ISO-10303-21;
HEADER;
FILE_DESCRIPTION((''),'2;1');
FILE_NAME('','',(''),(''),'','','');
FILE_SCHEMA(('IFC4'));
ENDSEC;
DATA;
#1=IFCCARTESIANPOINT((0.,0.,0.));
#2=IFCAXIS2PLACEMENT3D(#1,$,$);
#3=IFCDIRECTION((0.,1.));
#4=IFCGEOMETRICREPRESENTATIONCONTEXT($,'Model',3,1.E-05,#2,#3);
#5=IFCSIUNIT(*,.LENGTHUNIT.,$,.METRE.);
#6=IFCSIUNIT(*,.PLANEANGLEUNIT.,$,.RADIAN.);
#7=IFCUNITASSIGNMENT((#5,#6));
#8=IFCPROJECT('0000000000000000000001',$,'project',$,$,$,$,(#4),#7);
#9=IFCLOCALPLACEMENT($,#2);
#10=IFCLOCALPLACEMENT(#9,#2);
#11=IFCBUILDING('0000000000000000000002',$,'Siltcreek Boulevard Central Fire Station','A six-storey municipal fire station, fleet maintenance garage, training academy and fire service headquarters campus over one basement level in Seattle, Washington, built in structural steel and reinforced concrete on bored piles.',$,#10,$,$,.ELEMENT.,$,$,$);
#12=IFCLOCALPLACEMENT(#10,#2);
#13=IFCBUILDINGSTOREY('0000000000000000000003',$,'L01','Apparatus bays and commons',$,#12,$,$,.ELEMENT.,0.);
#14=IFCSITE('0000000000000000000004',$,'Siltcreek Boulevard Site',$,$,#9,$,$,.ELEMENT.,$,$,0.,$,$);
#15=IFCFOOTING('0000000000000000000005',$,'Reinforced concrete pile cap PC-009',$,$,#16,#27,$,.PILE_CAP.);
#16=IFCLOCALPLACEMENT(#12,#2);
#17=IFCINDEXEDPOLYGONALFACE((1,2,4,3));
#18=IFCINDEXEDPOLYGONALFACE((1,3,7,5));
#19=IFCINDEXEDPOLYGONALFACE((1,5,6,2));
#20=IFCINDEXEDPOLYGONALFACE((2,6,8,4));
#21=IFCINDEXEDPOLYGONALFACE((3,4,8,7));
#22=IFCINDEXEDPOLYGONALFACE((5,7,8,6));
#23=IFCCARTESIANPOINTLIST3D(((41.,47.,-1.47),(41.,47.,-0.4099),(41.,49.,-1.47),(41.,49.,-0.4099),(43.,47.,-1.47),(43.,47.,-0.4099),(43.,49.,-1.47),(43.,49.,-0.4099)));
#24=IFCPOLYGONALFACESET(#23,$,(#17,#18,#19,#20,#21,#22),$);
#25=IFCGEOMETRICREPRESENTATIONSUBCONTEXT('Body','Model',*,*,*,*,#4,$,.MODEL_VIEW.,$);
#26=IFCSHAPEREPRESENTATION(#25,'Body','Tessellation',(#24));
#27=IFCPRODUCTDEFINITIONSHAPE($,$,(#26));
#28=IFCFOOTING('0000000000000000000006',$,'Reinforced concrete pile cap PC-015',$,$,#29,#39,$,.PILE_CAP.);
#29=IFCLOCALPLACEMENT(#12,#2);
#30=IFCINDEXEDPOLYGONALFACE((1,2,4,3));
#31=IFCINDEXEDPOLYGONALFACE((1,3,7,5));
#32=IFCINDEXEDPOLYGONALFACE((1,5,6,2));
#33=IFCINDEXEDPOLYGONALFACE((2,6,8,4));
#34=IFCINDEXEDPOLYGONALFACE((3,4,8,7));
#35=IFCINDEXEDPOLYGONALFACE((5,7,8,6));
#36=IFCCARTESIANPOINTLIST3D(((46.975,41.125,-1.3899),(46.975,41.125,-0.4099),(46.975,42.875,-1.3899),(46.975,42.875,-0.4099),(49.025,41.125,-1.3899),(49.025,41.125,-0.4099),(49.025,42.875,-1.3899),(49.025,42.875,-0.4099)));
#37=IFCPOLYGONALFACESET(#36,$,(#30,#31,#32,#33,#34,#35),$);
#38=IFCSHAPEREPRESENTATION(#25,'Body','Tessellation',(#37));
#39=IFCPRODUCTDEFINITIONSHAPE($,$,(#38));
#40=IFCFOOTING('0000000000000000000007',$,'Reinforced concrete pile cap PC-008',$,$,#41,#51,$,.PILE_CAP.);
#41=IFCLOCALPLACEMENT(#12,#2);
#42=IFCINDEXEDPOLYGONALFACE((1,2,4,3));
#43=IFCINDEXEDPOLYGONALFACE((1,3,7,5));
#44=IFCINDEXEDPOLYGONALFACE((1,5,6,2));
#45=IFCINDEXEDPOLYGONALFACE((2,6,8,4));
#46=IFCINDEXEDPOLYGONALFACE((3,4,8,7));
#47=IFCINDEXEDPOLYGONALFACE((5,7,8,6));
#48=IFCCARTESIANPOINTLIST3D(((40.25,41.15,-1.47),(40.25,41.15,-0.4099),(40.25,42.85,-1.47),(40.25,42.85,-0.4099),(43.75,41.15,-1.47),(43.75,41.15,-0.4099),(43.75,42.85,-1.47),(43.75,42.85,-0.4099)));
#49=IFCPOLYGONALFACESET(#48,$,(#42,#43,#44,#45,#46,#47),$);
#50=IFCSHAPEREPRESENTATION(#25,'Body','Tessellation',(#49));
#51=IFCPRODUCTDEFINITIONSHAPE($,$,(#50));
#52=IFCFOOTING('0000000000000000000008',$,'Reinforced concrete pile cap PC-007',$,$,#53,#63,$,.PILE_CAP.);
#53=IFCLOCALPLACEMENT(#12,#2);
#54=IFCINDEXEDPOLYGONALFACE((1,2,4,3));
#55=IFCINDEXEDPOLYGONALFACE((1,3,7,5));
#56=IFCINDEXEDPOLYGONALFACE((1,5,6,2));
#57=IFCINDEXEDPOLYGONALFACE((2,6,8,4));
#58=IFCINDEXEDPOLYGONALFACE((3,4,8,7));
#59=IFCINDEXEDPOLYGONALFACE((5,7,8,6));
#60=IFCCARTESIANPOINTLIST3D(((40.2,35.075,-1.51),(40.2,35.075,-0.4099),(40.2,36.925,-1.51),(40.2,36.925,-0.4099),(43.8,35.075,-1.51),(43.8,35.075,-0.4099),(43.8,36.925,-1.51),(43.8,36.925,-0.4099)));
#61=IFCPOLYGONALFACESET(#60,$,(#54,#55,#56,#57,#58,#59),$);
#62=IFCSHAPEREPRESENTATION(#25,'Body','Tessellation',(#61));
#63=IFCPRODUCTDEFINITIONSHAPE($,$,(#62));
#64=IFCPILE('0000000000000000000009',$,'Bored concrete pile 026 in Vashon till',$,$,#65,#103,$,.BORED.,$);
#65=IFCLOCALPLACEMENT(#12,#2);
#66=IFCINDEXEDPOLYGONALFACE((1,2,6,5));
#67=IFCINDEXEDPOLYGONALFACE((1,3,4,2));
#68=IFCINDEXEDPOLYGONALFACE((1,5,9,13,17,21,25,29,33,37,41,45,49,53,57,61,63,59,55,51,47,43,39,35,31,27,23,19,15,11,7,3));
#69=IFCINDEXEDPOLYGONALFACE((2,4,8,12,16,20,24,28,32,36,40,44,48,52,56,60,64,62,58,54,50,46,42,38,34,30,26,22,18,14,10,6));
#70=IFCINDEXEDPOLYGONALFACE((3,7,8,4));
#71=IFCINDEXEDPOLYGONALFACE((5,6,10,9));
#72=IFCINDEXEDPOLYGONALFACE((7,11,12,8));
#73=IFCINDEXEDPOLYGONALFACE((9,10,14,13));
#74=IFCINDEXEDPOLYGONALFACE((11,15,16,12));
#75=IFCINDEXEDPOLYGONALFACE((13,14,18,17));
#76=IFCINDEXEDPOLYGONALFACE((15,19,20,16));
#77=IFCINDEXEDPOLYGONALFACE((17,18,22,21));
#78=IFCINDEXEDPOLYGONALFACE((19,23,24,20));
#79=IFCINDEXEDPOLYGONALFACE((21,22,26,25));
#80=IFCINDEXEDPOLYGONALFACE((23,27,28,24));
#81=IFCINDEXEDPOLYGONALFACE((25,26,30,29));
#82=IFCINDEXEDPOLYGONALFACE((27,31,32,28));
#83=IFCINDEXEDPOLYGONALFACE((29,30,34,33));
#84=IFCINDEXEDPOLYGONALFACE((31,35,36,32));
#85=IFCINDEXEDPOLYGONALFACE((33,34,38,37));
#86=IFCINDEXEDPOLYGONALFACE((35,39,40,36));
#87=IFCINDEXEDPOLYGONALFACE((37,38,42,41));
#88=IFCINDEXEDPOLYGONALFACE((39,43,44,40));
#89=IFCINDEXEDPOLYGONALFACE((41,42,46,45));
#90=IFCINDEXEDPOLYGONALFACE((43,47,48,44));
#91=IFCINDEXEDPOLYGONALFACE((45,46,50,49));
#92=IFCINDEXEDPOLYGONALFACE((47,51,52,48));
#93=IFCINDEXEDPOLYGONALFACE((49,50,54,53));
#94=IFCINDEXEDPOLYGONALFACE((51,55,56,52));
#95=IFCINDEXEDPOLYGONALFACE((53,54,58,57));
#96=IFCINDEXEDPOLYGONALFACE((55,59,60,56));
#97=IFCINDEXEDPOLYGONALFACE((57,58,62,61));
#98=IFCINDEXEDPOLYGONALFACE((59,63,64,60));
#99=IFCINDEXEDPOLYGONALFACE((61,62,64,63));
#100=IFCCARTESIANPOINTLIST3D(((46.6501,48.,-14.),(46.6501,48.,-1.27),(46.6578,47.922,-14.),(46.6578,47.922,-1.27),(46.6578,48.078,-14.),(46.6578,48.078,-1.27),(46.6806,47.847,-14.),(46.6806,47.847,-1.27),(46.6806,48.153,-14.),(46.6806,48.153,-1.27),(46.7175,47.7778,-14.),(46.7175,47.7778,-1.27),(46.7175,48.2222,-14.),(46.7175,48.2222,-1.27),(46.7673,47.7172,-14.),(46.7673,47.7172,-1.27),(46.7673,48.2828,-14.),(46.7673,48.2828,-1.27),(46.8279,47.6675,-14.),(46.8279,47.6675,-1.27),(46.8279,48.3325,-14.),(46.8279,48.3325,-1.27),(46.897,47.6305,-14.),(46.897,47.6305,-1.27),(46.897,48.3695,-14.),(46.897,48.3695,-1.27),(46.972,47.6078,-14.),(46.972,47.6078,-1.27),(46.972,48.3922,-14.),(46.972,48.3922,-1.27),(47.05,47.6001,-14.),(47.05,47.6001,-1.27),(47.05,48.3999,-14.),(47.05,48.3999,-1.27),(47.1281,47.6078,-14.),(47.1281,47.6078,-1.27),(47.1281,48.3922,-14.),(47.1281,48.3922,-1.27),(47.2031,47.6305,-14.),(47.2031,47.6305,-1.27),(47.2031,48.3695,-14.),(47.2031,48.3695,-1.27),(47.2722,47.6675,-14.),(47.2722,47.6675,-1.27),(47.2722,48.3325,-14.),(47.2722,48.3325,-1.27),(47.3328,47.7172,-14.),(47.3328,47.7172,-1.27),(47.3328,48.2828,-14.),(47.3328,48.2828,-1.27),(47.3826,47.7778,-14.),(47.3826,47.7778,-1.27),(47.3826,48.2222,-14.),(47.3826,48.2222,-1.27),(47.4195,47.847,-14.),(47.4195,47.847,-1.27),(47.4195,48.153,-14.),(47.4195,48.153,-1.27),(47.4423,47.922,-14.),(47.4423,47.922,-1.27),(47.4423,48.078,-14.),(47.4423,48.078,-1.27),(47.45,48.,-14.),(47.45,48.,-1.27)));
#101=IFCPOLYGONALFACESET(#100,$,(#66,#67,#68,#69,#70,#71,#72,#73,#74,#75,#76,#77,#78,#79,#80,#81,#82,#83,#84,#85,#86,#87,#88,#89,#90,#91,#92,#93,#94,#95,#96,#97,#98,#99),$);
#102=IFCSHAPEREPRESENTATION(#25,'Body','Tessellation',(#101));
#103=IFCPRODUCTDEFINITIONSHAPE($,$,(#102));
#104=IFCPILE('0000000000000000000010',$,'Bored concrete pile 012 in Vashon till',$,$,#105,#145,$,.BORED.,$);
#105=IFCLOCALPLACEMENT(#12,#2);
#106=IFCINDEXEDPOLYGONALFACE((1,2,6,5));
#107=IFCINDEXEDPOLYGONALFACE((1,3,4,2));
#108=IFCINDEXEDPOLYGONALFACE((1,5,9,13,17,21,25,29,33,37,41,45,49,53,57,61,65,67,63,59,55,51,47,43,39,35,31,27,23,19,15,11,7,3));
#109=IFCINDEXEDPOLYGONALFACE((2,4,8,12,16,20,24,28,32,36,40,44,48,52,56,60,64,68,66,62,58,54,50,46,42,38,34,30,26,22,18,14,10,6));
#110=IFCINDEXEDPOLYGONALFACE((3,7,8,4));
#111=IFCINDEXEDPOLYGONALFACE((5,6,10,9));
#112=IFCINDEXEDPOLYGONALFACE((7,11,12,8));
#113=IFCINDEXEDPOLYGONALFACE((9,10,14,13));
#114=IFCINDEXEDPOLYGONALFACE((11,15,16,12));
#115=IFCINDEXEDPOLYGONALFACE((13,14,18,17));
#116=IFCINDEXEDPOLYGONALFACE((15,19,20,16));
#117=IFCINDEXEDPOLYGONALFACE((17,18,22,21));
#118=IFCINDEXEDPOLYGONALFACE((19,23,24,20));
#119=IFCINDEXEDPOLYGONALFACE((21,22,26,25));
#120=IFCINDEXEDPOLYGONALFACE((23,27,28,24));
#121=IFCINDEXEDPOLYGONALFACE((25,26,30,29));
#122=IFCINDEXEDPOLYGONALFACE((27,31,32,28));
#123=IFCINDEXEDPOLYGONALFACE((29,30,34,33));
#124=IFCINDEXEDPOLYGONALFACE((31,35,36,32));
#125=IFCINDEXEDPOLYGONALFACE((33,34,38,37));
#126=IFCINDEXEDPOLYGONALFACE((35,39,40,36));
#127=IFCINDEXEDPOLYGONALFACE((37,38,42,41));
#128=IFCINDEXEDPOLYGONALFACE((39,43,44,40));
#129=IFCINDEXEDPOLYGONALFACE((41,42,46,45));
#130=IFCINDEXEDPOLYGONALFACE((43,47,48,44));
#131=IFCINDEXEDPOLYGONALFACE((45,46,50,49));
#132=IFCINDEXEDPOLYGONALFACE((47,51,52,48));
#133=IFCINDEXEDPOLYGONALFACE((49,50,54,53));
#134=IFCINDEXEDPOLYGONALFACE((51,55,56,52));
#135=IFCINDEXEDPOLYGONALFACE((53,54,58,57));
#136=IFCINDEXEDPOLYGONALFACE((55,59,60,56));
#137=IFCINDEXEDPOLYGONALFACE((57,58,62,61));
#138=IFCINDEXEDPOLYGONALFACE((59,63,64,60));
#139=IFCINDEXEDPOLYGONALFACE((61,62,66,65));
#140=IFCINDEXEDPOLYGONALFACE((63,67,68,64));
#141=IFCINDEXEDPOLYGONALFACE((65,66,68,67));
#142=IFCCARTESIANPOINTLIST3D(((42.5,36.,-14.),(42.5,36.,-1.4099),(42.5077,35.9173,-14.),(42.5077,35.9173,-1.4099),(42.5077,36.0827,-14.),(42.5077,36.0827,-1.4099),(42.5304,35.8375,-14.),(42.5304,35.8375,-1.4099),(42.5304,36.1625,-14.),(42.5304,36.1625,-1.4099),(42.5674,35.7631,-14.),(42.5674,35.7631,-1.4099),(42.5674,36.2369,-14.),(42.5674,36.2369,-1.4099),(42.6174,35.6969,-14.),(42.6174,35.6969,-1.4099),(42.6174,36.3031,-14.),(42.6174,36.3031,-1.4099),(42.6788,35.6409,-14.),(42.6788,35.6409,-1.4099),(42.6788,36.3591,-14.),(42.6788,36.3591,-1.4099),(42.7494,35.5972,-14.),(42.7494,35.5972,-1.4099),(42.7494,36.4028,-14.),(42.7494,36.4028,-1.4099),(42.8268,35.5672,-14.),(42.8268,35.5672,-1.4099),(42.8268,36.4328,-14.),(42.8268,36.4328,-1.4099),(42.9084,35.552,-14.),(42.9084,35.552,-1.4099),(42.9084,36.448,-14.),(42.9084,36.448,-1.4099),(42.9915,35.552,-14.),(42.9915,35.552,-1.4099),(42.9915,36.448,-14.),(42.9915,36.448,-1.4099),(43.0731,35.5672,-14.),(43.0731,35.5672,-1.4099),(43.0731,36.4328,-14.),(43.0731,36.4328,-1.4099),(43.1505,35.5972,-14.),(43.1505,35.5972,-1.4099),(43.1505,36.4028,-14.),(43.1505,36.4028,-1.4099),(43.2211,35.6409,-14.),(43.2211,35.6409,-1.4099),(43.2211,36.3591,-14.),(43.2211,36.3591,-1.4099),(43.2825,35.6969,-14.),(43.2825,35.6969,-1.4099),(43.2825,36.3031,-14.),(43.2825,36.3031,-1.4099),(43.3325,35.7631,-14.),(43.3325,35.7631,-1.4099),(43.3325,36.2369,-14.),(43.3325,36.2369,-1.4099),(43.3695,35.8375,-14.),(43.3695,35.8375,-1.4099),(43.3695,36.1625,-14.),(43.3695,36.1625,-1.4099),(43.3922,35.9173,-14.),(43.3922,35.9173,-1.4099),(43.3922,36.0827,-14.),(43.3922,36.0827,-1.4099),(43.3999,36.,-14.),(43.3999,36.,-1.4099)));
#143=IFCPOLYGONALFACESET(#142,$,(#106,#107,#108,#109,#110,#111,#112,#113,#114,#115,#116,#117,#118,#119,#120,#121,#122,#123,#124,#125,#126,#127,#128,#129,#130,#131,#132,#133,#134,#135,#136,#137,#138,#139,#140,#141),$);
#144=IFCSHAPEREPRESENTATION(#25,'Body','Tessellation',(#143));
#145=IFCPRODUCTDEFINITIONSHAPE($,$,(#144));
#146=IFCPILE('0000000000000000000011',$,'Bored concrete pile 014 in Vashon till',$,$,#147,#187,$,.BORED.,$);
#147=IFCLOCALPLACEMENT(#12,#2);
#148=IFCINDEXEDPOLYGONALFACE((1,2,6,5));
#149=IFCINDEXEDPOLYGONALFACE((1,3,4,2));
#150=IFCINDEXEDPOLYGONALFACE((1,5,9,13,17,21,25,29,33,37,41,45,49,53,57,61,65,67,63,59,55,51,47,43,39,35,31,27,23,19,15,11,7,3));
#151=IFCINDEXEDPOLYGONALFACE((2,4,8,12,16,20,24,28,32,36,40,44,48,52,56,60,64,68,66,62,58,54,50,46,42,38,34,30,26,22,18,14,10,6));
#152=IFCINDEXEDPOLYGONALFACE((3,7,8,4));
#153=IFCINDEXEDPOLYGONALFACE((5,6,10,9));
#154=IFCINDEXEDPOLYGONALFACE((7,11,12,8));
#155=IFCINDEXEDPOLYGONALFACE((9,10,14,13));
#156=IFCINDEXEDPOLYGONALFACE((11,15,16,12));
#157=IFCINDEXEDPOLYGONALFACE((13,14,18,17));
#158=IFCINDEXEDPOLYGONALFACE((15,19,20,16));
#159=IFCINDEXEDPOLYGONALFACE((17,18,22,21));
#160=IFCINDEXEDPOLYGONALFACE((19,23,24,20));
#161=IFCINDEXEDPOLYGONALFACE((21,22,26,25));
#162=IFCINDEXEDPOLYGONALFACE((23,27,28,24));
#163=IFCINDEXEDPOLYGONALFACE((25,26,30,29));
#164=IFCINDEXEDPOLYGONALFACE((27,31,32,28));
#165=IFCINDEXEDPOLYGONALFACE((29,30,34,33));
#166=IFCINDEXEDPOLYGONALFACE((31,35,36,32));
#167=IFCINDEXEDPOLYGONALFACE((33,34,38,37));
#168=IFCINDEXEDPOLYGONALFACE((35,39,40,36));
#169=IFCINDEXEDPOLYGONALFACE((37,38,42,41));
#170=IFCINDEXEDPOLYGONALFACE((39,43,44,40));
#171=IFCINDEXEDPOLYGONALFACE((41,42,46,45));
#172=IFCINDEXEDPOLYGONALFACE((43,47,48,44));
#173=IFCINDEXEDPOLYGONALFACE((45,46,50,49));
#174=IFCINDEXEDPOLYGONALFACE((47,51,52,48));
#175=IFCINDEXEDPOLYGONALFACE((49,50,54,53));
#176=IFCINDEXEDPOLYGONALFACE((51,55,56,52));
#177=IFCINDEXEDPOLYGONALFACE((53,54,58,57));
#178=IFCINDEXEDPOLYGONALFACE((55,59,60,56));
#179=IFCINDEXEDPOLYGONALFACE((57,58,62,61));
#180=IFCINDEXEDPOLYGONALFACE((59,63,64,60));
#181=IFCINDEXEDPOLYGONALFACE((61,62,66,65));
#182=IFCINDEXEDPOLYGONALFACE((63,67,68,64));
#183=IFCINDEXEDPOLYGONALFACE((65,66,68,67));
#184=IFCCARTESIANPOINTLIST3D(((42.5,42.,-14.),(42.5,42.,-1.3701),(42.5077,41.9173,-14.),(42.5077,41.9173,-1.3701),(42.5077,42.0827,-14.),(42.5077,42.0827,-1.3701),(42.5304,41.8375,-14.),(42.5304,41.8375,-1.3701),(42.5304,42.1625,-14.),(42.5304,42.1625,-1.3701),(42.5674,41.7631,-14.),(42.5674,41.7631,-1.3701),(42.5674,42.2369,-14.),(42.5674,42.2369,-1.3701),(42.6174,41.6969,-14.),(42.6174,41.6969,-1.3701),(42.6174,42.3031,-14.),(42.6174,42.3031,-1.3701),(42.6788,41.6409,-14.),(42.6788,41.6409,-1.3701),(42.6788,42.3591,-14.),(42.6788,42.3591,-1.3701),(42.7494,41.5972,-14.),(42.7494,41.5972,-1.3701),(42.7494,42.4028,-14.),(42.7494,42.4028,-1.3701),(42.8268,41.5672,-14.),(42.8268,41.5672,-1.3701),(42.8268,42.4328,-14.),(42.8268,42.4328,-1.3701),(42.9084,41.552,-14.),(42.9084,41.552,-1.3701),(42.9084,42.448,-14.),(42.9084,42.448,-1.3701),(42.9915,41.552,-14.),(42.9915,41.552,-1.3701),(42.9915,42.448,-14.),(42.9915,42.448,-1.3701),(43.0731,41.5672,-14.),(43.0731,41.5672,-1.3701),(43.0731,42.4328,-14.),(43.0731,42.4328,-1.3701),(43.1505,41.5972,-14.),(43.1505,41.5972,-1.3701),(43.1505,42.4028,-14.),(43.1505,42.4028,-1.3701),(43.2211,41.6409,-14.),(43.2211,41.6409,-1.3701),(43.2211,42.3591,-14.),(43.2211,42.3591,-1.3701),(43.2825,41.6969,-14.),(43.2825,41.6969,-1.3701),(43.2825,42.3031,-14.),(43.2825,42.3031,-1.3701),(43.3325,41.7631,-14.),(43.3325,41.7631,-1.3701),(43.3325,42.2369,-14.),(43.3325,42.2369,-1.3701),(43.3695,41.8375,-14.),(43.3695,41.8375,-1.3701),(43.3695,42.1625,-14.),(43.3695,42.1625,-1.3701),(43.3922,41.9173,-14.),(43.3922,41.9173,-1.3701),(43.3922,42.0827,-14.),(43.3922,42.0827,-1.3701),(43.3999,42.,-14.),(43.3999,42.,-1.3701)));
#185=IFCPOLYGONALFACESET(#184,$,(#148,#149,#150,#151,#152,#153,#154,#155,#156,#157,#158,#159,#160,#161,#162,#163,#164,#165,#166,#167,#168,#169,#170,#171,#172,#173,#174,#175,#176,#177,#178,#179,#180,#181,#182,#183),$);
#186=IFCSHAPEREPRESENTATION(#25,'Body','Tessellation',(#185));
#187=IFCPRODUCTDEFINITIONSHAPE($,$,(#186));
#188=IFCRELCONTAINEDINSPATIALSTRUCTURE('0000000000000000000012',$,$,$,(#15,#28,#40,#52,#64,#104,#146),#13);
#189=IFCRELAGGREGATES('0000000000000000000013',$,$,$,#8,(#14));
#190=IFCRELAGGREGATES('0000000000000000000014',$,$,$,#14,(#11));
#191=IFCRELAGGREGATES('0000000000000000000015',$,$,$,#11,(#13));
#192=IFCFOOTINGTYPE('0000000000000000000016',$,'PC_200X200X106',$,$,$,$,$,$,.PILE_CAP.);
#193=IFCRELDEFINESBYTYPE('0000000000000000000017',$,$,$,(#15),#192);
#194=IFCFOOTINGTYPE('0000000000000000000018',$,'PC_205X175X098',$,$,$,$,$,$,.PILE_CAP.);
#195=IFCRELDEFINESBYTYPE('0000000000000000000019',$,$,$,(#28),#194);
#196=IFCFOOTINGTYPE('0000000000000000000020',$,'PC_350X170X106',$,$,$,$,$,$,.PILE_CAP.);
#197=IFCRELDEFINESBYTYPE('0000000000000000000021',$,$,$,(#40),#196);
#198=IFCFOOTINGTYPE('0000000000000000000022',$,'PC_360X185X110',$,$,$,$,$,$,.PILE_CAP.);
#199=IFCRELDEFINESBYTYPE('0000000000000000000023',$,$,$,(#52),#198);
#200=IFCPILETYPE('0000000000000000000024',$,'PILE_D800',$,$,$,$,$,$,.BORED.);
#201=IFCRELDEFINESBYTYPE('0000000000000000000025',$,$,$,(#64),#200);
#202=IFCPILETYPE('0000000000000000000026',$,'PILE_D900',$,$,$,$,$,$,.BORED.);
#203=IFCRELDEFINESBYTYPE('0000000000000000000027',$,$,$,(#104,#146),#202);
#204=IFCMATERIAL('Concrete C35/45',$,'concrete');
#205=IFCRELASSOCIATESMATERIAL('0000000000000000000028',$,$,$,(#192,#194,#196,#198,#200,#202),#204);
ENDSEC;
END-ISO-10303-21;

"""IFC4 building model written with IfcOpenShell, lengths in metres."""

from ifc_helpers import new_model, si_unit, direction, frame, origin, origin_2d, place, context, subcontext, project, spatial, rectangle, circle, extrude, material, material_profile, profile_set, type_object, element, save


model = new_model("IFC4")

# Units and contexts
model_context = context("Model", 3, precision=1e-05, world=origin(), true_north=direction((0.0, 1.0)))
body_context = subcontext(model_context, "Body", "Model", "MODEL_VIEW")
ifc_project = project(units=[si_unit("LENGTHUNIT", "METRE"), si_unit("PLANEANGLEUNIT", "RADIAN")], contexts=[model_context])

# Site, building, storey
site_placement = place(None, origin())
site = spatial("IfcSite", under=ifc_project, at=site_placement, Name="Siltcreek Boulevard Site", CompositionType="ELEMENT", RefElevation=0.0)
building_placement = place(site_placement, origin())
building = spatial("IfcBuilding", under=site, at=building_placement, Name="Siltcreek Boulevard Central Fire Station", Description="A six-storey municipal fire station, fleet maintenance garage, training academy and fire service headquarters campus over one basement level in Seattle, Washington, built in structural steel and reinforced concrete on bored piles.", CompositionType="ELEMENT")
storey_placement = place(building_placement, origin())
storey = spatial("IfcBuildingStorey", under=building, at=storey_placement, Name="L01", Description="Apparatus bays and commons", CompositionType="ELEMENT", Elevation=0.0)

# Footings
ifc_material_1 = material(Name="Concrete C35/45", Category="concrete")
footing_type_1 = type_object("IfcFootingType", Name="PC_200X200X106", PredefinedType="PILE_CAP", material=ifc_material_1)
footing_1_placement = place(storey_placement, frame((42.0, 48.0, -1.47), z_axis=(0.0, 0.0, 1.0), x_axis=(1.0, 0.0, 0.0)))
element("IfcFooting", 1, at=footing_1_placement, inside=storey, type_object=footing_type_1, Name="Reinforced concrete pile cap PC-009", PredefinedType="PILE_CAP", context=body_context, shape_type="SweptSolid", body=[
    extrude(rectangle(XDim=2.0, YDim=2.0, at=origin_2d()), origin(), (0.0, 0.0, 1.0), 1.0601),
])
footing_type_2 = type_object("IfcFootingType", Name="PC_205X175X098", PredefinedType="PILE_CAP", material=ifc_material_1)
footing_2_placement = place(storey_placement, frame((48.0, 42.0, -1.3899), z_axis=(0.0, 0.0, 1.0), x_axis=(1.0, 0.0, 0.0)))
element("IfcFooting", 2, at=footing_2_placement, inside=storey, type_object=footing_type_2, Name="Reinforced concrete pile cap PC-015", PredefinedType="PILE_CAP", context=body_context, shape_type="SweptSolid", body=[
    extrude(rectangle(XDim=2.05, YDim=1.75, at=origin_2d()), origin(), (0.0, 0.0, 1.0), 0.98),
])
footing_type_3 = type_object("IfcFootingType", Name="PC_350X170X106", PredefinedType="PILE_CAP", material=ifc_material_1)
footing_3_placement = place(storey_placement, frame((42.0, 42.0, -1.47), z_axis=(0.0, 0.0, 1.0), x_axis=(1.0, 0.0, 0.0)))
element("IfcFooting", 3, at=footing_3_placement, inside=storey, type_object=footing_type_3, Name="Reinforced concrete pile cap PC-008", PredefinedType="PILE_CAP", context=body_context, shape_type="SweptSolid", body=[
    extrude(rectangle(XDim=3.5, YDim=1.7, at=origin_2d()), origin(), (0.0, 0.0, 1.0), 1.0601),
])
footing_type_4 = type_object("IfcFootingType", Name="PC_360X185X110", PredefinedType="PILE_CAP", material=ifc_material_1)
footing_4_placement = place(storey_placement, frame((42.0, 36.0, -1.51), z_axis=(0.0, 0.0, 1.0), x_axis=(1.0, 0.0, 0.0)))
element("IfcFooting", 4, at=footing_4_placement, inside=storey, type_object=footing_type_4, Name="Reinforced concrete pile cap PC-007", PredefinedType="PILE_CAP", context=body_context, shape_type="SweptSolid", body=[
    extrude(rectangle(XDim=3.6001, YDim=1.8501, at=origin_2d()), origin(), (0.0, 0.0, 1.0), 1.1001),
])

# Piles
ifc_material_profile_1 = material_profile(ifc_material_1, circle(Radius=0.3999, at=origin_2d()), Name="SHAFT800")
ifc_profile_set_1 = profile_set([ifc_material_profile_1], Name="Concrete C35/45")
pile_type_1 = type_object("IfcPileType", Name="PILE_D800", PredefinedType="BORED", material=ifc_profile_set_1)
pile_1_placement = place(storey_placement, frame((47.05, 48.0, -1.27), z_axis=(0.0, 0.0, -1.0), x_axis=(1.0, 0.0, 0.0)))
element("IfcPile", 5, at=pile_1_placement, inside=storey, type_object=pile_type_1, Name="Bored concrete pile 026 in Vashon till", PredefinedType="BORED", context=body_context, shape_type="SweptSolid", body=[
    extrude(circle(Radius=0.3999, at=origin_2d()), origin(), (0.0, 0.0, 1.0), 12.73),
])
ifc_material_profile_2 = material_profile(ifc_material_1, circle(Radius=0.45, at=origin_2d()), Name="SHAFT900")
ifc_profile_set_2 = profile_set([ifc_material_profile_2], Name="Concrete C35/45")
pile_type_2 = type_object("IfcPileType", Name="PILE_D900", PredefinedType="BORED", material=ifc_profile_set_2)
pile_2_placement = place(storey_placement, frame((42.95, 36.0, -1.4099), z_axis=(0.0, 0.0, -1.0), x_axis=(1.0, 0.0, 0.0)))
element("IfcPile", 6, at=pile_2_placement, inside=storey, type_object=pile_type_2, Name="Bored concrete pile 012 in Vashon till", PredefinedType="BORED", context=body_context, shape_type="SweptSolid", body=[
    extrude(circle(Radius=0.45, at=origin_2d()), origin(), (0.0, 0.0, 1.0), 12.5901),
])
for number, where, z_axis, x_axis, name in (
    (7, (42.95, 42.0, -1.3701), (0.0, 0.0, -1.0), (1.0, 0.0, 0.0), "Bored concrete pile 014 in Vashon till"),
):
    element("IfcPile", number, at=place(storey_placement, frame(where, z_axis=z_axis, x_axis=x_axis)), inside=storey, type_object=pile_type_2, Name=name, PredefinedType="BORED", context=body_context, shape_type="SweptSolid", body=[
        extrude(circle(Radius=0.45, at=origin_2d()), origin(), (0.0, 0.0, 1.0), 12.6299),
    ])

save(model, "model.ifc")
